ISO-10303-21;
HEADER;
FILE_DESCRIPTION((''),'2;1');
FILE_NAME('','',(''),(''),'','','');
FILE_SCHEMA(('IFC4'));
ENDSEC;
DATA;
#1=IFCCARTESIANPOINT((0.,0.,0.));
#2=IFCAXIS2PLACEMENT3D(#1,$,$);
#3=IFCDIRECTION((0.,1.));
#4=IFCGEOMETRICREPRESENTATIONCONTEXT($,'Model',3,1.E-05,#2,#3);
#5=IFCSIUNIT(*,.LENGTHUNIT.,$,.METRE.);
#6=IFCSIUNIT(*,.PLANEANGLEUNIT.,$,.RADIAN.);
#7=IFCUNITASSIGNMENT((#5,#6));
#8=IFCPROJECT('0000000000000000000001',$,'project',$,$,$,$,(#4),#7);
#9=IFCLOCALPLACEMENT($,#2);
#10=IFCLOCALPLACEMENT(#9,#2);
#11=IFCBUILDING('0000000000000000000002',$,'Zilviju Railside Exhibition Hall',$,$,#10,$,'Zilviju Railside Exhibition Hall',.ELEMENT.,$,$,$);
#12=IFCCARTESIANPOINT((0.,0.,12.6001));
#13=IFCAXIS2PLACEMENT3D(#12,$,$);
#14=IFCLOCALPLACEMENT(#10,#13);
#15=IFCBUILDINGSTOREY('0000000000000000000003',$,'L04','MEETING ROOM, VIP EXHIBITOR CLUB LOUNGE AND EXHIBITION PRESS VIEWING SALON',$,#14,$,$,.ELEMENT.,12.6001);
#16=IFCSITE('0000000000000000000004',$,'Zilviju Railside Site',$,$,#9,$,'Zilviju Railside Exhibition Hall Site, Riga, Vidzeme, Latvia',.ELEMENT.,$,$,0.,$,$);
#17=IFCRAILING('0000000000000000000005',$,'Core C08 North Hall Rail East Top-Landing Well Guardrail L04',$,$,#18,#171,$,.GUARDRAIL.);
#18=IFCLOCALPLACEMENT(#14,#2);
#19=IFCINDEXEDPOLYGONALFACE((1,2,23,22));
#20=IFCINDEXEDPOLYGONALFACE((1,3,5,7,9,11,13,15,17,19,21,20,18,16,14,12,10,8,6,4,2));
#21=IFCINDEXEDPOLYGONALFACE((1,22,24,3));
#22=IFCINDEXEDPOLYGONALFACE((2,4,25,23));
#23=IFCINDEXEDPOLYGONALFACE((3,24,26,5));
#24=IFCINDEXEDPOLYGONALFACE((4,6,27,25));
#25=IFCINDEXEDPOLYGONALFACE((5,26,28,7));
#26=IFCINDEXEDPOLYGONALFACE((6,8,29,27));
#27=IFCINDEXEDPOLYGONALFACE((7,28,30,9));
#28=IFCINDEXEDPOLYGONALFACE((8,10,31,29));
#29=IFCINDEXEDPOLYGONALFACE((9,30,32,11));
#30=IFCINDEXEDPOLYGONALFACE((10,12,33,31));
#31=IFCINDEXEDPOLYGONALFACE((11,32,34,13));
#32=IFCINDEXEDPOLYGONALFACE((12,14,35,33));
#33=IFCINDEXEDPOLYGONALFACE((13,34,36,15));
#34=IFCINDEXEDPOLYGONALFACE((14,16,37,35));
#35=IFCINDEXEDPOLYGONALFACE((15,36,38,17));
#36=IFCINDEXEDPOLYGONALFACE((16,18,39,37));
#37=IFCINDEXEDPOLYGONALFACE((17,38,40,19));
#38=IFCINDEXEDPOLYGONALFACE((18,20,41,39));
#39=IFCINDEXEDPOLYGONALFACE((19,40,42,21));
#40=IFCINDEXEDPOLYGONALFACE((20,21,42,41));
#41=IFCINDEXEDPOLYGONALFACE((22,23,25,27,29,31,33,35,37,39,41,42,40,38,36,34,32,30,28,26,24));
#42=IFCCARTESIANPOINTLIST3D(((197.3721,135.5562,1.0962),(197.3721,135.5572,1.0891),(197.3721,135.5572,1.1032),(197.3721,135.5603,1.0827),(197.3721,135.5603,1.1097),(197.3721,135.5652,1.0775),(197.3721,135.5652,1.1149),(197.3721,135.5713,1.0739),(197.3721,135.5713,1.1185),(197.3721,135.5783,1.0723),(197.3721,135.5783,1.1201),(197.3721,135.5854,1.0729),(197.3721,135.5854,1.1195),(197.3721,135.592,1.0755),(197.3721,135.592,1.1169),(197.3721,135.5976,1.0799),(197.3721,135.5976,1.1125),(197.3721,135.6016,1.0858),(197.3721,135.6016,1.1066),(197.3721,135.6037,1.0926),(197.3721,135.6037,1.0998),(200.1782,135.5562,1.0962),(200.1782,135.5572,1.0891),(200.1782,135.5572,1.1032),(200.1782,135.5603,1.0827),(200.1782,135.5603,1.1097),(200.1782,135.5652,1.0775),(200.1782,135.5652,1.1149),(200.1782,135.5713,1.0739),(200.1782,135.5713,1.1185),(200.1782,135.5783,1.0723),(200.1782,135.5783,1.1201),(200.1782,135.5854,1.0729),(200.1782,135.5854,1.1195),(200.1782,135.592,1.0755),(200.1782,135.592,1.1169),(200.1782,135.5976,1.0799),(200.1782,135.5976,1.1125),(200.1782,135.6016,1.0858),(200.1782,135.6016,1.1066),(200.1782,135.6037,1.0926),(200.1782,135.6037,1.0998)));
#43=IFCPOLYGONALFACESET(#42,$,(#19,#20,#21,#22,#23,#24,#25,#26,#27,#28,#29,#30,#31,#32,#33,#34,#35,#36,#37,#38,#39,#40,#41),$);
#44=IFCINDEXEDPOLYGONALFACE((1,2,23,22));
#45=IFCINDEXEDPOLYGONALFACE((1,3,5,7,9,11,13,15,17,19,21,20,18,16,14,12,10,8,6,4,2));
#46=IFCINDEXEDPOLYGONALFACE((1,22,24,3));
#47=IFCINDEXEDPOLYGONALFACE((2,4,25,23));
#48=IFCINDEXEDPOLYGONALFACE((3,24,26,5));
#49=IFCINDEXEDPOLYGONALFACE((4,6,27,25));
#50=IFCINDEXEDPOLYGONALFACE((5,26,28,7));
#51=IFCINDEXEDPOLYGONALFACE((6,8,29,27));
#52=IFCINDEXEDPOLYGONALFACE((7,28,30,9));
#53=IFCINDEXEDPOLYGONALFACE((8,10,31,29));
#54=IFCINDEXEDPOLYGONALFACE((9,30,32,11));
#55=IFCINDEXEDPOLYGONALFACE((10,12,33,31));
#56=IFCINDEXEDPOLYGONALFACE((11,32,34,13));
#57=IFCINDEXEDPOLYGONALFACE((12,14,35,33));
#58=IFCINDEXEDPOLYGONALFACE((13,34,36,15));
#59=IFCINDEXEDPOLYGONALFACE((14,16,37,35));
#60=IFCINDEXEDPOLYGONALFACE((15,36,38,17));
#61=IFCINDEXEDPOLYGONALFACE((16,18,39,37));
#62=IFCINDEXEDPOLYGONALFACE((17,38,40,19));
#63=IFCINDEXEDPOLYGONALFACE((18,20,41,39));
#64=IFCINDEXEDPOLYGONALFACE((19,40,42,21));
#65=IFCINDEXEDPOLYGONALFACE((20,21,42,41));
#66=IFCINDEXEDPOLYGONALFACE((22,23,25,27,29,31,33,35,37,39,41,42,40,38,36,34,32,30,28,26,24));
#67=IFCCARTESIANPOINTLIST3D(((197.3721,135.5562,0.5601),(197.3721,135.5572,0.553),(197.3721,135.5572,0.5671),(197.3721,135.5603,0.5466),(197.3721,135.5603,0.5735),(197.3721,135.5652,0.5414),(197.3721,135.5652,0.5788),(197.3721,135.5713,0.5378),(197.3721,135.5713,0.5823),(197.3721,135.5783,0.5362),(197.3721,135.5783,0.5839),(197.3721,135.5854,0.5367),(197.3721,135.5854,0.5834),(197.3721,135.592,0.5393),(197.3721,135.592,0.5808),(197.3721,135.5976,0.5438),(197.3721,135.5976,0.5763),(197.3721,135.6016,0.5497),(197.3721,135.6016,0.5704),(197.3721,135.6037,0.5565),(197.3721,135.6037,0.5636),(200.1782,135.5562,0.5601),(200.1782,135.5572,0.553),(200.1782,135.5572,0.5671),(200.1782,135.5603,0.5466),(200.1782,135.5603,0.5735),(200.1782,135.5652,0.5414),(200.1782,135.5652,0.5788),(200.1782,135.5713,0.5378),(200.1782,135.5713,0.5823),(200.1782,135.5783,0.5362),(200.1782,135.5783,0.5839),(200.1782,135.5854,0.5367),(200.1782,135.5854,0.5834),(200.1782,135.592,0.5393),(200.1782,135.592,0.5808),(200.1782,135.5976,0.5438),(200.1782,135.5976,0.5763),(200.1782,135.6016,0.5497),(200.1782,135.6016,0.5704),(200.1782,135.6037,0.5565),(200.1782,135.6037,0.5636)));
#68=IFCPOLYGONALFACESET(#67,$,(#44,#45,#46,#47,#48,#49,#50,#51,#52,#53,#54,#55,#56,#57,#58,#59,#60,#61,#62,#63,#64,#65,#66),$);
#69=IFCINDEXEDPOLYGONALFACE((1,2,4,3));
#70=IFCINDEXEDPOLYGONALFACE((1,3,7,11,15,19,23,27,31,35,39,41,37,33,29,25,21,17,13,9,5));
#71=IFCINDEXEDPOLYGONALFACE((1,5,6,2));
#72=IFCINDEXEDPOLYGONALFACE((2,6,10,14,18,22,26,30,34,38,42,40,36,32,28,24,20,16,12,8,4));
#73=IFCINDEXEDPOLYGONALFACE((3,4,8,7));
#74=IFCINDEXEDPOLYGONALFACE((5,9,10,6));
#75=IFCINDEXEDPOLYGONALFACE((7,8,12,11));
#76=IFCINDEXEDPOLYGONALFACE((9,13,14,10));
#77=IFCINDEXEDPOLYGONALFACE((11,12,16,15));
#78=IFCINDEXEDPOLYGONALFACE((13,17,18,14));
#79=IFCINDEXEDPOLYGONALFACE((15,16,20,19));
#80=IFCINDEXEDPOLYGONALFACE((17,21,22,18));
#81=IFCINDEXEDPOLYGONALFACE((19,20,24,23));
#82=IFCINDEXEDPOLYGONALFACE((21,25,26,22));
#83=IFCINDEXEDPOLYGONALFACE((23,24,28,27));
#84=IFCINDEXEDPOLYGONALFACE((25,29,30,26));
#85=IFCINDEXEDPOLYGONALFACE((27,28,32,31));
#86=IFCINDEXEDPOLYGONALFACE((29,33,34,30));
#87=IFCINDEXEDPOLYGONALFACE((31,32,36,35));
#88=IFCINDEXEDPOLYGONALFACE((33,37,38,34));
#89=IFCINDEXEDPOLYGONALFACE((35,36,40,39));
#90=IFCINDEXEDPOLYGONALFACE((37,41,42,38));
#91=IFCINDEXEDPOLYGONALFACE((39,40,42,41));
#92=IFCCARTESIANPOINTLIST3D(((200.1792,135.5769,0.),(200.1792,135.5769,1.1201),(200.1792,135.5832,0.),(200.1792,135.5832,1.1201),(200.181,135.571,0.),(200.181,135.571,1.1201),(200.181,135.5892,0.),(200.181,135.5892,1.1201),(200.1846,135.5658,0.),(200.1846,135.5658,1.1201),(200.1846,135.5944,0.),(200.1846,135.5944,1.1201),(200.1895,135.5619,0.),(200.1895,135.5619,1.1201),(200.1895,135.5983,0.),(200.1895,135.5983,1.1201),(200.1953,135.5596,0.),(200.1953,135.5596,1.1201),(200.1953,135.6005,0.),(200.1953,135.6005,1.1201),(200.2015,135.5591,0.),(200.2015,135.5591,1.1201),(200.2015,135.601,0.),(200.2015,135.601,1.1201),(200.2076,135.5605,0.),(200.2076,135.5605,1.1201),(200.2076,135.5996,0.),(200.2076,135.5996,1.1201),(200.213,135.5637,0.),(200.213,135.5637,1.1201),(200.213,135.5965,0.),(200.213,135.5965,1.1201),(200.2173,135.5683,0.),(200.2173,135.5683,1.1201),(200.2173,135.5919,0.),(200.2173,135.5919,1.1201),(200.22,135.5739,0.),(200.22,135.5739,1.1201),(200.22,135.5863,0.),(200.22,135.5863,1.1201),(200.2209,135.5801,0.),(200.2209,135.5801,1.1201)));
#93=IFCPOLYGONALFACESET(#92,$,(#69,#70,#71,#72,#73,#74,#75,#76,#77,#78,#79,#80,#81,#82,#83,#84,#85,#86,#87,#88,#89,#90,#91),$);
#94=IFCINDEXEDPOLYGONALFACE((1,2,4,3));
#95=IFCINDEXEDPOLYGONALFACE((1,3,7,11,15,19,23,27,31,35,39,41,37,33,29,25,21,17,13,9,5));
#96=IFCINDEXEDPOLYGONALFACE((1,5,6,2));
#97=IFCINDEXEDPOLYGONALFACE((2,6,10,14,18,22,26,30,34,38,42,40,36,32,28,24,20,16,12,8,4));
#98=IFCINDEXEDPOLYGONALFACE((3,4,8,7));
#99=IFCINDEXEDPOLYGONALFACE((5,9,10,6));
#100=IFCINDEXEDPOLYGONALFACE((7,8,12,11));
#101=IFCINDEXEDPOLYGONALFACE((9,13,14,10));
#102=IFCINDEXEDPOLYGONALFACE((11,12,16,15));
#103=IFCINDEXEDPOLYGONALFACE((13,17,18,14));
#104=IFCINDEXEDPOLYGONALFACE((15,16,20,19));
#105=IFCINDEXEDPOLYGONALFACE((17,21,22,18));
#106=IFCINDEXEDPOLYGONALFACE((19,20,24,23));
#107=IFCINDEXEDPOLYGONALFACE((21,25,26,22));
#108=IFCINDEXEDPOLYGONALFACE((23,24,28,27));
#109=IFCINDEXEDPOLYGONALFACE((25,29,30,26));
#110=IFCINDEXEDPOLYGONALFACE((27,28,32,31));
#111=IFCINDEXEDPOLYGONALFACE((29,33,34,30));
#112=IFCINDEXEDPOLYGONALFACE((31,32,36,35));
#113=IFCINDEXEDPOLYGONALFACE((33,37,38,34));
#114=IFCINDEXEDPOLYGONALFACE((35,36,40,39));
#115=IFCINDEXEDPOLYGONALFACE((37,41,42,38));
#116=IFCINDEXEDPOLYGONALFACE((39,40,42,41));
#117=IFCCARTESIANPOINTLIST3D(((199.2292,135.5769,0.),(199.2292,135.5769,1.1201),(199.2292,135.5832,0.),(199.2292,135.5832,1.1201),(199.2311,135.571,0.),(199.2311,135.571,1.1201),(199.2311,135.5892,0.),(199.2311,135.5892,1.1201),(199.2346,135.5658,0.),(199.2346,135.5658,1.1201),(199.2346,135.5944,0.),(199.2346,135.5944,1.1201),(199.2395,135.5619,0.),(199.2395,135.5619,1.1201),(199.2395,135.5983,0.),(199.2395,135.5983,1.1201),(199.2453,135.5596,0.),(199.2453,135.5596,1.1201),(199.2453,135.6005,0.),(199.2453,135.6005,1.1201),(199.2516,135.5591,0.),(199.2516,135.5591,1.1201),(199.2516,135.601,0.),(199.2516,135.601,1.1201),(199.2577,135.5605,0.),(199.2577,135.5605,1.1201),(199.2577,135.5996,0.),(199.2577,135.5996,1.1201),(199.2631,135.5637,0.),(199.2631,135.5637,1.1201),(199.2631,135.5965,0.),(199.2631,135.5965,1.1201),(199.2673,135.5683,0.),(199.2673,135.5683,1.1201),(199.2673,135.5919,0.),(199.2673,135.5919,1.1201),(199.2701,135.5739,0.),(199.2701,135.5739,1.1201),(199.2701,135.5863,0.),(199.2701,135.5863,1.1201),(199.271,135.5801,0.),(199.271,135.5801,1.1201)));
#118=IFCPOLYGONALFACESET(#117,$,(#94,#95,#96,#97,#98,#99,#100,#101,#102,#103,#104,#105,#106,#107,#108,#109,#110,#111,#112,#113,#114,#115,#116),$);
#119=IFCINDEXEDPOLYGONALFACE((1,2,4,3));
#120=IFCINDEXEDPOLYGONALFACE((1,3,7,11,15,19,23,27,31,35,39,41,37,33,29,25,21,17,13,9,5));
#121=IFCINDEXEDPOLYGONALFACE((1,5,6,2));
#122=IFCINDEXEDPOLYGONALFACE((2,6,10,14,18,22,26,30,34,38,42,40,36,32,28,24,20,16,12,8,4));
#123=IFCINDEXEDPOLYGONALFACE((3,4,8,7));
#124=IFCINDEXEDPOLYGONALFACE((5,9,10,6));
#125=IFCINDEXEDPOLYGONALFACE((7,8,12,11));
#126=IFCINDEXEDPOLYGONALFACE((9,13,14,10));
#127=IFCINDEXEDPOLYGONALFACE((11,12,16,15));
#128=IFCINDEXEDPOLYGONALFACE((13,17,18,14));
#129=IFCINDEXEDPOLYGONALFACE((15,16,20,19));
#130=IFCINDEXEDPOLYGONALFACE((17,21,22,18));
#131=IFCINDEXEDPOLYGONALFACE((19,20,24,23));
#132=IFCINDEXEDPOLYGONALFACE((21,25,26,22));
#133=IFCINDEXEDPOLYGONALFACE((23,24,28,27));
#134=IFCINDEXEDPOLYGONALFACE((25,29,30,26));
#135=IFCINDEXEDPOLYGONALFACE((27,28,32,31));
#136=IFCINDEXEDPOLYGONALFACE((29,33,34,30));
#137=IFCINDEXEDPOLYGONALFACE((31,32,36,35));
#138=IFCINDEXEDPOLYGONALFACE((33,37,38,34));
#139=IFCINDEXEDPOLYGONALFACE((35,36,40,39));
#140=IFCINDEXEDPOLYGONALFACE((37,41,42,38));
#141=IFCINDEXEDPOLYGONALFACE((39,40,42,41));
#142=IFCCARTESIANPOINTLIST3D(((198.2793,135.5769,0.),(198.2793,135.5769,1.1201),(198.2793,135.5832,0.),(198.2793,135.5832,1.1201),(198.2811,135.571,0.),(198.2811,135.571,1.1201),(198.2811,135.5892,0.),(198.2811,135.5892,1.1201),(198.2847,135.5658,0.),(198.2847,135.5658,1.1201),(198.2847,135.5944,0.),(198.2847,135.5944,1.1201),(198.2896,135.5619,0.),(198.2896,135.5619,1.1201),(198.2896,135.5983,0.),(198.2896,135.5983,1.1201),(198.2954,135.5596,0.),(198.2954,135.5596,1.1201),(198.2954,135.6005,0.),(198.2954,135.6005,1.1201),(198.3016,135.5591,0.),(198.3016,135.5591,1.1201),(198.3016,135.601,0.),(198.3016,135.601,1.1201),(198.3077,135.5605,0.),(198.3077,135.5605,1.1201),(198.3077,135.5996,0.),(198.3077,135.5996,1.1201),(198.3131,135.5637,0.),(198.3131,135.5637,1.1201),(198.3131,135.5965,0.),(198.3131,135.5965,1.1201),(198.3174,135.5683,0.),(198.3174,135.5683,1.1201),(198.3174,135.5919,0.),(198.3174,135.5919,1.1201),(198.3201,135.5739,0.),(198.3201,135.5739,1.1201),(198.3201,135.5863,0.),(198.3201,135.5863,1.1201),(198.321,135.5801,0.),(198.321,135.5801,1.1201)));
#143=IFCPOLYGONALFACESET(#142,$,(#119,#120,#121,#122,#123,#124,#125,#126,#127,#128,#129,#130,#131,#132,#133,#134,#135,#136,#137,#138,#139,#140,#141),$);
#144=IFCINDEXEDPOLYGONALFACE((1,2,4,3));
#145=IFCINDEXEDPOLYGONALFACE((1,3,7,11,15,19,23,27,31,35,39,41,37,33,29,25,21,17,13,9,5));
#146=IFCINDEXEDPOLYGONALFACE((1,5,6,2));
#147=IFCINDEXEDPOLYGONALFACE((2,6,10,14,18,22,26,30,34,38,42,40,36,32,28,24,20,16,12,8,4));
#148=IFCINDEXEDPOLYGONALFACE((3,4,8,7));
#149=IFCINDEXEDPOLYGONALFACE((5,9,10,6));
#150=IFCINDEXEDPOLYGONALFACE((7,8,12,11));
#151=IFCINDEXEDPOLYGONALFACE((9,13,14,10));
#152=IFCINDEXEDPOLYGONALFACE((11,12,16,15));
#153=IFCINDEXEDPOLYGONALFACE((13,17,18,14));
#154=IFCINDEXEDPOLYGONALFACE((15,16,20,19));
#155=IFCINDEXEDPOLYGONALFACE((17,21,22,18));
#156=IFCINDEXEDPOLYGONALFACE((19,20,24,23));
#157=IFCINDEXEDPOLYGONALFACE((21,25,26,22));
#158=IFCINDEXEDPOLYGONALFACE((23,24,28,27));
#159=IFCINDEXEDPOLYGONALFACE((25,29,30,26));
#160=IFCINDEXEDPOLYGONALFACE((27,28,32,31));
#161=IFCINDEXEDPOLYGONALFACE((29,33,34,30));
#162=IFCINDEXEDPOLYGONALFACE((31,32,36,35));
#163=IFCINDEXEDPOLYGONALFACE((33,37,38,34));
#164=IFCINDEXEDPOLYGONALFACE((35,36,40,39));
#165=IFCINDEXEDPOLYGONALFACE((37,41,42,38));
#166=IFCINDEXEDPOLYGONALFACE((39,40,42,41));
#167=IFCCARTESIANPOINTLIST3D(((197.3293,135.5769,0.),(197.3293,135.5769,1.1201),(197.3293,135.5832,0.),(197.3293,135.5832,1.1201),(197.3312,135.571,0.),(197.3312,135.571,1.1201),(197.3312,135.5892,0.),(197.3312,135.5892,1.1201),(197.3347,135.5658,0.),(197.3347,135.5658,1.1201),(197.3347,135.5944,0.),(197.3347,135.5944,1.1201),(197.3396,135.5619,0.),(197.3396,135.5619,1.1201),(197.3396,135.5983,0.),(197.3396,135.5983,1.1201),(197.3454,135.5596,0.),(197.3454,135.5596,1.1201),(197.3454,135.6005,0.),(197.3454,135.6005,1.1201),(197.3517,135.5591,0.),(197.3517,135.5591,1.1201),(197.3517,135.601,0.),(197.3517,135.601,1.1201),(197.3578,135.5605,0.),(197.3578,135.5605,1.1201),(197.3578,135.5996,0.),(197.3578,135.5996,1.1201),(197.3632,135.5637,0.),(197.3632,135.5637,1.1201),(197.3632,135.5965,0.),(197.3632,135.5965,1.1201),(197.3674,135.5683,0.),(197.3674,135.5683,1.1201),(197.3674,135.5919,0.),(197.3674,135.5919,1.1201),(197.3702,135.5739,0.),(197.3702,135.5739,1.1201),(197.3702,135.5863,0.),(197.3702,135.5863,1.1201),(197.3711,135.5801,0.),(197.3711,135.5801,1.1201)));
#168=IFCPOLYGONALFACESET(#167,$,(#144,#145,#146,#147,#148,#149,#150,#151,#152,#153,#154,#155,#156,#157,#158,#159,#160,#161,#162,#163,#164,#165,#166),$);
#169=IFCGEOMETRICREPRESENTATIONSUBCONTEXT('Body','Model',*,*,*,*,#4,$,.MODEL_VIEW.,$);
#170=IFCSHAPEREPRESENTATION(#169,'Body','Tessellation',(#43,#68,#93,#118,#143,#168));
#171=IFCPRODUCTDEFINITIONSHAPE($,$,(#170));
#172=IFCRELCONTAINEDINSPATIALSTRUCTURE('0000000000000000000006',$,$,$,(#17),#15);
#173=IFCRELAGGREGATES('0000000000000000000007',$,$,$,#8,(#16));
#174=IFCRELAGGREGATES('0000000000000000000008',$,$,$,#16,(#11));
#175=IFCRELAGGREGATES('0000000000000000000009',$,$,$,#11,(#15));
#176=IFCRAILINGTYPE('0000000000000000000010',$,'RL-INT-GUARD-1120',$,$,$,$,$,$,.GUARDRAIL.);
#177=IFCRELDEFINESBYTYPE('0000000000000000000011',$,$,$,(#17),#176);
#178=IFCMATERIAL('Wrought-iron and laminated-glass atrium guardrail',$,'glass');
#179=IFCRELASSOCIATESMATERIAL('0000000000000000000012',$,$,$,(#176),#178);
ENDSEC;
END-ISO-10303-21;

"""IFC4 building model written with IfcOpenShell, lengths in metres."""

from ifc_helpers import new_model, si_unit, direction, frame, origin, origin_2d, place, context, subcontext, project, spatial, circle, extrude, material, type_object, element, save


model = new_model("IFC4")

# Units and contexts
model_context = context("Model", 3, precision=1e-05, world=origin(), true_north=direction((0.0, 1.0)))
body_context = subcontext(model_context, "Body", "Model", "MODEL_VIEW")
ifc_project = project(units=[si_unit("LENGTHUNIT", "METRE"), si_unit("PLANEANGLEUNIT", "RADIAN")], contexts=[model_context])

# Site, building, storey
site_placement = place(None, origin())
site = spatial("IfcSite", under=ifc_project, at=site_placement, Name="Zilviju Railside Site", LongName="Zilviju Railside Exhibition Hall Site, Riga, Vidzeme, Latvia", CompositionType="ELEMENT", RefElevation=0.0)
building_placement = place(site_placement, origin())
building = spatial("IfcBuilding", under=site, at=building_placement, Name="Zilviju Railside Exhibition Hall", LongName="Zilviju Railside Exhibition Hall", CompositionType="ELEMENT")
storey_placement = place(building_placement, frame((0.0, 0.0, 12.6001)))
storey = spatial("IfcBuildingStorey", under=building, at=storey_placement, Name="L04", Description="MEETING ROOM, VIP EXHIBITOR CLUB LOUNGE AND EXHIBITION PRESS VIEWING SALON", CompositionType="ELEMENT", Elevation=12.6001)

# Railing
ifc_material_1 = material(Name="Wrought-iron and laminated-glass atrium guardrail", Category="glass")
railing_type = type_object("IfcRailingType", Name="RL-INT-GUARD-1120", PredefinedType="GUARDRAIL", material=ifc_material_1)
railing_placement = place(storey_placement, frame((200.2, 135.5801, 0.0)))
element("IfcRailing", 1, at=railing_placement, inside=storey, type_object=railing_type, Name="Core C08 North Hall Rail East Top-Landing Well Guardrail L04", PredefinedType="GUARDRAIL", context=body_context, shape_type="SweptSolid", body=[
    extrude(circle(Radius=0.0239, at=origin_2d()), frame((-0.0217, 0.0, 1.0962), z_axis=(-1.0, 0.0, 0.0), x_axis=(0.0, -1.0, 0.0)), (0.0, 0.0, 1.0), 2.8062),
    extrude(circle(Radius=0.0239, at=origin_2d()), frame((-0.0217, 0.0, 0.5601), z_axis=(-1.0, 0.0, 0.0), x_axis=(0.0, -1.0, 0.0)), (0.0, 0.0, 1.0), 2.8062),
    extrude(circle(Radius=0.021, at=origin_2d()), origin(), (0.0, 0.0, 1.0), 1.1201),
    extrude(circle(Radius=0.021, at=origin_2d()), frame((-0.95, 0.0, 0.0)), (0.0, 0.0, 1.0), 1.1201),
    extrude(circle(Radius=0.021, at=origin_2d()), frame((-1.8999, 0.0, 0.0)), (0.0, 0.0, 1.0), 1.1201),
    extrude(circle(Radius=0.021, at=origin_2d()), frame((-2.8499, 0.0, 0.0)), (0.0, 0.0, 1.0), 1.1201),
])

save(model, "model.ifc")
